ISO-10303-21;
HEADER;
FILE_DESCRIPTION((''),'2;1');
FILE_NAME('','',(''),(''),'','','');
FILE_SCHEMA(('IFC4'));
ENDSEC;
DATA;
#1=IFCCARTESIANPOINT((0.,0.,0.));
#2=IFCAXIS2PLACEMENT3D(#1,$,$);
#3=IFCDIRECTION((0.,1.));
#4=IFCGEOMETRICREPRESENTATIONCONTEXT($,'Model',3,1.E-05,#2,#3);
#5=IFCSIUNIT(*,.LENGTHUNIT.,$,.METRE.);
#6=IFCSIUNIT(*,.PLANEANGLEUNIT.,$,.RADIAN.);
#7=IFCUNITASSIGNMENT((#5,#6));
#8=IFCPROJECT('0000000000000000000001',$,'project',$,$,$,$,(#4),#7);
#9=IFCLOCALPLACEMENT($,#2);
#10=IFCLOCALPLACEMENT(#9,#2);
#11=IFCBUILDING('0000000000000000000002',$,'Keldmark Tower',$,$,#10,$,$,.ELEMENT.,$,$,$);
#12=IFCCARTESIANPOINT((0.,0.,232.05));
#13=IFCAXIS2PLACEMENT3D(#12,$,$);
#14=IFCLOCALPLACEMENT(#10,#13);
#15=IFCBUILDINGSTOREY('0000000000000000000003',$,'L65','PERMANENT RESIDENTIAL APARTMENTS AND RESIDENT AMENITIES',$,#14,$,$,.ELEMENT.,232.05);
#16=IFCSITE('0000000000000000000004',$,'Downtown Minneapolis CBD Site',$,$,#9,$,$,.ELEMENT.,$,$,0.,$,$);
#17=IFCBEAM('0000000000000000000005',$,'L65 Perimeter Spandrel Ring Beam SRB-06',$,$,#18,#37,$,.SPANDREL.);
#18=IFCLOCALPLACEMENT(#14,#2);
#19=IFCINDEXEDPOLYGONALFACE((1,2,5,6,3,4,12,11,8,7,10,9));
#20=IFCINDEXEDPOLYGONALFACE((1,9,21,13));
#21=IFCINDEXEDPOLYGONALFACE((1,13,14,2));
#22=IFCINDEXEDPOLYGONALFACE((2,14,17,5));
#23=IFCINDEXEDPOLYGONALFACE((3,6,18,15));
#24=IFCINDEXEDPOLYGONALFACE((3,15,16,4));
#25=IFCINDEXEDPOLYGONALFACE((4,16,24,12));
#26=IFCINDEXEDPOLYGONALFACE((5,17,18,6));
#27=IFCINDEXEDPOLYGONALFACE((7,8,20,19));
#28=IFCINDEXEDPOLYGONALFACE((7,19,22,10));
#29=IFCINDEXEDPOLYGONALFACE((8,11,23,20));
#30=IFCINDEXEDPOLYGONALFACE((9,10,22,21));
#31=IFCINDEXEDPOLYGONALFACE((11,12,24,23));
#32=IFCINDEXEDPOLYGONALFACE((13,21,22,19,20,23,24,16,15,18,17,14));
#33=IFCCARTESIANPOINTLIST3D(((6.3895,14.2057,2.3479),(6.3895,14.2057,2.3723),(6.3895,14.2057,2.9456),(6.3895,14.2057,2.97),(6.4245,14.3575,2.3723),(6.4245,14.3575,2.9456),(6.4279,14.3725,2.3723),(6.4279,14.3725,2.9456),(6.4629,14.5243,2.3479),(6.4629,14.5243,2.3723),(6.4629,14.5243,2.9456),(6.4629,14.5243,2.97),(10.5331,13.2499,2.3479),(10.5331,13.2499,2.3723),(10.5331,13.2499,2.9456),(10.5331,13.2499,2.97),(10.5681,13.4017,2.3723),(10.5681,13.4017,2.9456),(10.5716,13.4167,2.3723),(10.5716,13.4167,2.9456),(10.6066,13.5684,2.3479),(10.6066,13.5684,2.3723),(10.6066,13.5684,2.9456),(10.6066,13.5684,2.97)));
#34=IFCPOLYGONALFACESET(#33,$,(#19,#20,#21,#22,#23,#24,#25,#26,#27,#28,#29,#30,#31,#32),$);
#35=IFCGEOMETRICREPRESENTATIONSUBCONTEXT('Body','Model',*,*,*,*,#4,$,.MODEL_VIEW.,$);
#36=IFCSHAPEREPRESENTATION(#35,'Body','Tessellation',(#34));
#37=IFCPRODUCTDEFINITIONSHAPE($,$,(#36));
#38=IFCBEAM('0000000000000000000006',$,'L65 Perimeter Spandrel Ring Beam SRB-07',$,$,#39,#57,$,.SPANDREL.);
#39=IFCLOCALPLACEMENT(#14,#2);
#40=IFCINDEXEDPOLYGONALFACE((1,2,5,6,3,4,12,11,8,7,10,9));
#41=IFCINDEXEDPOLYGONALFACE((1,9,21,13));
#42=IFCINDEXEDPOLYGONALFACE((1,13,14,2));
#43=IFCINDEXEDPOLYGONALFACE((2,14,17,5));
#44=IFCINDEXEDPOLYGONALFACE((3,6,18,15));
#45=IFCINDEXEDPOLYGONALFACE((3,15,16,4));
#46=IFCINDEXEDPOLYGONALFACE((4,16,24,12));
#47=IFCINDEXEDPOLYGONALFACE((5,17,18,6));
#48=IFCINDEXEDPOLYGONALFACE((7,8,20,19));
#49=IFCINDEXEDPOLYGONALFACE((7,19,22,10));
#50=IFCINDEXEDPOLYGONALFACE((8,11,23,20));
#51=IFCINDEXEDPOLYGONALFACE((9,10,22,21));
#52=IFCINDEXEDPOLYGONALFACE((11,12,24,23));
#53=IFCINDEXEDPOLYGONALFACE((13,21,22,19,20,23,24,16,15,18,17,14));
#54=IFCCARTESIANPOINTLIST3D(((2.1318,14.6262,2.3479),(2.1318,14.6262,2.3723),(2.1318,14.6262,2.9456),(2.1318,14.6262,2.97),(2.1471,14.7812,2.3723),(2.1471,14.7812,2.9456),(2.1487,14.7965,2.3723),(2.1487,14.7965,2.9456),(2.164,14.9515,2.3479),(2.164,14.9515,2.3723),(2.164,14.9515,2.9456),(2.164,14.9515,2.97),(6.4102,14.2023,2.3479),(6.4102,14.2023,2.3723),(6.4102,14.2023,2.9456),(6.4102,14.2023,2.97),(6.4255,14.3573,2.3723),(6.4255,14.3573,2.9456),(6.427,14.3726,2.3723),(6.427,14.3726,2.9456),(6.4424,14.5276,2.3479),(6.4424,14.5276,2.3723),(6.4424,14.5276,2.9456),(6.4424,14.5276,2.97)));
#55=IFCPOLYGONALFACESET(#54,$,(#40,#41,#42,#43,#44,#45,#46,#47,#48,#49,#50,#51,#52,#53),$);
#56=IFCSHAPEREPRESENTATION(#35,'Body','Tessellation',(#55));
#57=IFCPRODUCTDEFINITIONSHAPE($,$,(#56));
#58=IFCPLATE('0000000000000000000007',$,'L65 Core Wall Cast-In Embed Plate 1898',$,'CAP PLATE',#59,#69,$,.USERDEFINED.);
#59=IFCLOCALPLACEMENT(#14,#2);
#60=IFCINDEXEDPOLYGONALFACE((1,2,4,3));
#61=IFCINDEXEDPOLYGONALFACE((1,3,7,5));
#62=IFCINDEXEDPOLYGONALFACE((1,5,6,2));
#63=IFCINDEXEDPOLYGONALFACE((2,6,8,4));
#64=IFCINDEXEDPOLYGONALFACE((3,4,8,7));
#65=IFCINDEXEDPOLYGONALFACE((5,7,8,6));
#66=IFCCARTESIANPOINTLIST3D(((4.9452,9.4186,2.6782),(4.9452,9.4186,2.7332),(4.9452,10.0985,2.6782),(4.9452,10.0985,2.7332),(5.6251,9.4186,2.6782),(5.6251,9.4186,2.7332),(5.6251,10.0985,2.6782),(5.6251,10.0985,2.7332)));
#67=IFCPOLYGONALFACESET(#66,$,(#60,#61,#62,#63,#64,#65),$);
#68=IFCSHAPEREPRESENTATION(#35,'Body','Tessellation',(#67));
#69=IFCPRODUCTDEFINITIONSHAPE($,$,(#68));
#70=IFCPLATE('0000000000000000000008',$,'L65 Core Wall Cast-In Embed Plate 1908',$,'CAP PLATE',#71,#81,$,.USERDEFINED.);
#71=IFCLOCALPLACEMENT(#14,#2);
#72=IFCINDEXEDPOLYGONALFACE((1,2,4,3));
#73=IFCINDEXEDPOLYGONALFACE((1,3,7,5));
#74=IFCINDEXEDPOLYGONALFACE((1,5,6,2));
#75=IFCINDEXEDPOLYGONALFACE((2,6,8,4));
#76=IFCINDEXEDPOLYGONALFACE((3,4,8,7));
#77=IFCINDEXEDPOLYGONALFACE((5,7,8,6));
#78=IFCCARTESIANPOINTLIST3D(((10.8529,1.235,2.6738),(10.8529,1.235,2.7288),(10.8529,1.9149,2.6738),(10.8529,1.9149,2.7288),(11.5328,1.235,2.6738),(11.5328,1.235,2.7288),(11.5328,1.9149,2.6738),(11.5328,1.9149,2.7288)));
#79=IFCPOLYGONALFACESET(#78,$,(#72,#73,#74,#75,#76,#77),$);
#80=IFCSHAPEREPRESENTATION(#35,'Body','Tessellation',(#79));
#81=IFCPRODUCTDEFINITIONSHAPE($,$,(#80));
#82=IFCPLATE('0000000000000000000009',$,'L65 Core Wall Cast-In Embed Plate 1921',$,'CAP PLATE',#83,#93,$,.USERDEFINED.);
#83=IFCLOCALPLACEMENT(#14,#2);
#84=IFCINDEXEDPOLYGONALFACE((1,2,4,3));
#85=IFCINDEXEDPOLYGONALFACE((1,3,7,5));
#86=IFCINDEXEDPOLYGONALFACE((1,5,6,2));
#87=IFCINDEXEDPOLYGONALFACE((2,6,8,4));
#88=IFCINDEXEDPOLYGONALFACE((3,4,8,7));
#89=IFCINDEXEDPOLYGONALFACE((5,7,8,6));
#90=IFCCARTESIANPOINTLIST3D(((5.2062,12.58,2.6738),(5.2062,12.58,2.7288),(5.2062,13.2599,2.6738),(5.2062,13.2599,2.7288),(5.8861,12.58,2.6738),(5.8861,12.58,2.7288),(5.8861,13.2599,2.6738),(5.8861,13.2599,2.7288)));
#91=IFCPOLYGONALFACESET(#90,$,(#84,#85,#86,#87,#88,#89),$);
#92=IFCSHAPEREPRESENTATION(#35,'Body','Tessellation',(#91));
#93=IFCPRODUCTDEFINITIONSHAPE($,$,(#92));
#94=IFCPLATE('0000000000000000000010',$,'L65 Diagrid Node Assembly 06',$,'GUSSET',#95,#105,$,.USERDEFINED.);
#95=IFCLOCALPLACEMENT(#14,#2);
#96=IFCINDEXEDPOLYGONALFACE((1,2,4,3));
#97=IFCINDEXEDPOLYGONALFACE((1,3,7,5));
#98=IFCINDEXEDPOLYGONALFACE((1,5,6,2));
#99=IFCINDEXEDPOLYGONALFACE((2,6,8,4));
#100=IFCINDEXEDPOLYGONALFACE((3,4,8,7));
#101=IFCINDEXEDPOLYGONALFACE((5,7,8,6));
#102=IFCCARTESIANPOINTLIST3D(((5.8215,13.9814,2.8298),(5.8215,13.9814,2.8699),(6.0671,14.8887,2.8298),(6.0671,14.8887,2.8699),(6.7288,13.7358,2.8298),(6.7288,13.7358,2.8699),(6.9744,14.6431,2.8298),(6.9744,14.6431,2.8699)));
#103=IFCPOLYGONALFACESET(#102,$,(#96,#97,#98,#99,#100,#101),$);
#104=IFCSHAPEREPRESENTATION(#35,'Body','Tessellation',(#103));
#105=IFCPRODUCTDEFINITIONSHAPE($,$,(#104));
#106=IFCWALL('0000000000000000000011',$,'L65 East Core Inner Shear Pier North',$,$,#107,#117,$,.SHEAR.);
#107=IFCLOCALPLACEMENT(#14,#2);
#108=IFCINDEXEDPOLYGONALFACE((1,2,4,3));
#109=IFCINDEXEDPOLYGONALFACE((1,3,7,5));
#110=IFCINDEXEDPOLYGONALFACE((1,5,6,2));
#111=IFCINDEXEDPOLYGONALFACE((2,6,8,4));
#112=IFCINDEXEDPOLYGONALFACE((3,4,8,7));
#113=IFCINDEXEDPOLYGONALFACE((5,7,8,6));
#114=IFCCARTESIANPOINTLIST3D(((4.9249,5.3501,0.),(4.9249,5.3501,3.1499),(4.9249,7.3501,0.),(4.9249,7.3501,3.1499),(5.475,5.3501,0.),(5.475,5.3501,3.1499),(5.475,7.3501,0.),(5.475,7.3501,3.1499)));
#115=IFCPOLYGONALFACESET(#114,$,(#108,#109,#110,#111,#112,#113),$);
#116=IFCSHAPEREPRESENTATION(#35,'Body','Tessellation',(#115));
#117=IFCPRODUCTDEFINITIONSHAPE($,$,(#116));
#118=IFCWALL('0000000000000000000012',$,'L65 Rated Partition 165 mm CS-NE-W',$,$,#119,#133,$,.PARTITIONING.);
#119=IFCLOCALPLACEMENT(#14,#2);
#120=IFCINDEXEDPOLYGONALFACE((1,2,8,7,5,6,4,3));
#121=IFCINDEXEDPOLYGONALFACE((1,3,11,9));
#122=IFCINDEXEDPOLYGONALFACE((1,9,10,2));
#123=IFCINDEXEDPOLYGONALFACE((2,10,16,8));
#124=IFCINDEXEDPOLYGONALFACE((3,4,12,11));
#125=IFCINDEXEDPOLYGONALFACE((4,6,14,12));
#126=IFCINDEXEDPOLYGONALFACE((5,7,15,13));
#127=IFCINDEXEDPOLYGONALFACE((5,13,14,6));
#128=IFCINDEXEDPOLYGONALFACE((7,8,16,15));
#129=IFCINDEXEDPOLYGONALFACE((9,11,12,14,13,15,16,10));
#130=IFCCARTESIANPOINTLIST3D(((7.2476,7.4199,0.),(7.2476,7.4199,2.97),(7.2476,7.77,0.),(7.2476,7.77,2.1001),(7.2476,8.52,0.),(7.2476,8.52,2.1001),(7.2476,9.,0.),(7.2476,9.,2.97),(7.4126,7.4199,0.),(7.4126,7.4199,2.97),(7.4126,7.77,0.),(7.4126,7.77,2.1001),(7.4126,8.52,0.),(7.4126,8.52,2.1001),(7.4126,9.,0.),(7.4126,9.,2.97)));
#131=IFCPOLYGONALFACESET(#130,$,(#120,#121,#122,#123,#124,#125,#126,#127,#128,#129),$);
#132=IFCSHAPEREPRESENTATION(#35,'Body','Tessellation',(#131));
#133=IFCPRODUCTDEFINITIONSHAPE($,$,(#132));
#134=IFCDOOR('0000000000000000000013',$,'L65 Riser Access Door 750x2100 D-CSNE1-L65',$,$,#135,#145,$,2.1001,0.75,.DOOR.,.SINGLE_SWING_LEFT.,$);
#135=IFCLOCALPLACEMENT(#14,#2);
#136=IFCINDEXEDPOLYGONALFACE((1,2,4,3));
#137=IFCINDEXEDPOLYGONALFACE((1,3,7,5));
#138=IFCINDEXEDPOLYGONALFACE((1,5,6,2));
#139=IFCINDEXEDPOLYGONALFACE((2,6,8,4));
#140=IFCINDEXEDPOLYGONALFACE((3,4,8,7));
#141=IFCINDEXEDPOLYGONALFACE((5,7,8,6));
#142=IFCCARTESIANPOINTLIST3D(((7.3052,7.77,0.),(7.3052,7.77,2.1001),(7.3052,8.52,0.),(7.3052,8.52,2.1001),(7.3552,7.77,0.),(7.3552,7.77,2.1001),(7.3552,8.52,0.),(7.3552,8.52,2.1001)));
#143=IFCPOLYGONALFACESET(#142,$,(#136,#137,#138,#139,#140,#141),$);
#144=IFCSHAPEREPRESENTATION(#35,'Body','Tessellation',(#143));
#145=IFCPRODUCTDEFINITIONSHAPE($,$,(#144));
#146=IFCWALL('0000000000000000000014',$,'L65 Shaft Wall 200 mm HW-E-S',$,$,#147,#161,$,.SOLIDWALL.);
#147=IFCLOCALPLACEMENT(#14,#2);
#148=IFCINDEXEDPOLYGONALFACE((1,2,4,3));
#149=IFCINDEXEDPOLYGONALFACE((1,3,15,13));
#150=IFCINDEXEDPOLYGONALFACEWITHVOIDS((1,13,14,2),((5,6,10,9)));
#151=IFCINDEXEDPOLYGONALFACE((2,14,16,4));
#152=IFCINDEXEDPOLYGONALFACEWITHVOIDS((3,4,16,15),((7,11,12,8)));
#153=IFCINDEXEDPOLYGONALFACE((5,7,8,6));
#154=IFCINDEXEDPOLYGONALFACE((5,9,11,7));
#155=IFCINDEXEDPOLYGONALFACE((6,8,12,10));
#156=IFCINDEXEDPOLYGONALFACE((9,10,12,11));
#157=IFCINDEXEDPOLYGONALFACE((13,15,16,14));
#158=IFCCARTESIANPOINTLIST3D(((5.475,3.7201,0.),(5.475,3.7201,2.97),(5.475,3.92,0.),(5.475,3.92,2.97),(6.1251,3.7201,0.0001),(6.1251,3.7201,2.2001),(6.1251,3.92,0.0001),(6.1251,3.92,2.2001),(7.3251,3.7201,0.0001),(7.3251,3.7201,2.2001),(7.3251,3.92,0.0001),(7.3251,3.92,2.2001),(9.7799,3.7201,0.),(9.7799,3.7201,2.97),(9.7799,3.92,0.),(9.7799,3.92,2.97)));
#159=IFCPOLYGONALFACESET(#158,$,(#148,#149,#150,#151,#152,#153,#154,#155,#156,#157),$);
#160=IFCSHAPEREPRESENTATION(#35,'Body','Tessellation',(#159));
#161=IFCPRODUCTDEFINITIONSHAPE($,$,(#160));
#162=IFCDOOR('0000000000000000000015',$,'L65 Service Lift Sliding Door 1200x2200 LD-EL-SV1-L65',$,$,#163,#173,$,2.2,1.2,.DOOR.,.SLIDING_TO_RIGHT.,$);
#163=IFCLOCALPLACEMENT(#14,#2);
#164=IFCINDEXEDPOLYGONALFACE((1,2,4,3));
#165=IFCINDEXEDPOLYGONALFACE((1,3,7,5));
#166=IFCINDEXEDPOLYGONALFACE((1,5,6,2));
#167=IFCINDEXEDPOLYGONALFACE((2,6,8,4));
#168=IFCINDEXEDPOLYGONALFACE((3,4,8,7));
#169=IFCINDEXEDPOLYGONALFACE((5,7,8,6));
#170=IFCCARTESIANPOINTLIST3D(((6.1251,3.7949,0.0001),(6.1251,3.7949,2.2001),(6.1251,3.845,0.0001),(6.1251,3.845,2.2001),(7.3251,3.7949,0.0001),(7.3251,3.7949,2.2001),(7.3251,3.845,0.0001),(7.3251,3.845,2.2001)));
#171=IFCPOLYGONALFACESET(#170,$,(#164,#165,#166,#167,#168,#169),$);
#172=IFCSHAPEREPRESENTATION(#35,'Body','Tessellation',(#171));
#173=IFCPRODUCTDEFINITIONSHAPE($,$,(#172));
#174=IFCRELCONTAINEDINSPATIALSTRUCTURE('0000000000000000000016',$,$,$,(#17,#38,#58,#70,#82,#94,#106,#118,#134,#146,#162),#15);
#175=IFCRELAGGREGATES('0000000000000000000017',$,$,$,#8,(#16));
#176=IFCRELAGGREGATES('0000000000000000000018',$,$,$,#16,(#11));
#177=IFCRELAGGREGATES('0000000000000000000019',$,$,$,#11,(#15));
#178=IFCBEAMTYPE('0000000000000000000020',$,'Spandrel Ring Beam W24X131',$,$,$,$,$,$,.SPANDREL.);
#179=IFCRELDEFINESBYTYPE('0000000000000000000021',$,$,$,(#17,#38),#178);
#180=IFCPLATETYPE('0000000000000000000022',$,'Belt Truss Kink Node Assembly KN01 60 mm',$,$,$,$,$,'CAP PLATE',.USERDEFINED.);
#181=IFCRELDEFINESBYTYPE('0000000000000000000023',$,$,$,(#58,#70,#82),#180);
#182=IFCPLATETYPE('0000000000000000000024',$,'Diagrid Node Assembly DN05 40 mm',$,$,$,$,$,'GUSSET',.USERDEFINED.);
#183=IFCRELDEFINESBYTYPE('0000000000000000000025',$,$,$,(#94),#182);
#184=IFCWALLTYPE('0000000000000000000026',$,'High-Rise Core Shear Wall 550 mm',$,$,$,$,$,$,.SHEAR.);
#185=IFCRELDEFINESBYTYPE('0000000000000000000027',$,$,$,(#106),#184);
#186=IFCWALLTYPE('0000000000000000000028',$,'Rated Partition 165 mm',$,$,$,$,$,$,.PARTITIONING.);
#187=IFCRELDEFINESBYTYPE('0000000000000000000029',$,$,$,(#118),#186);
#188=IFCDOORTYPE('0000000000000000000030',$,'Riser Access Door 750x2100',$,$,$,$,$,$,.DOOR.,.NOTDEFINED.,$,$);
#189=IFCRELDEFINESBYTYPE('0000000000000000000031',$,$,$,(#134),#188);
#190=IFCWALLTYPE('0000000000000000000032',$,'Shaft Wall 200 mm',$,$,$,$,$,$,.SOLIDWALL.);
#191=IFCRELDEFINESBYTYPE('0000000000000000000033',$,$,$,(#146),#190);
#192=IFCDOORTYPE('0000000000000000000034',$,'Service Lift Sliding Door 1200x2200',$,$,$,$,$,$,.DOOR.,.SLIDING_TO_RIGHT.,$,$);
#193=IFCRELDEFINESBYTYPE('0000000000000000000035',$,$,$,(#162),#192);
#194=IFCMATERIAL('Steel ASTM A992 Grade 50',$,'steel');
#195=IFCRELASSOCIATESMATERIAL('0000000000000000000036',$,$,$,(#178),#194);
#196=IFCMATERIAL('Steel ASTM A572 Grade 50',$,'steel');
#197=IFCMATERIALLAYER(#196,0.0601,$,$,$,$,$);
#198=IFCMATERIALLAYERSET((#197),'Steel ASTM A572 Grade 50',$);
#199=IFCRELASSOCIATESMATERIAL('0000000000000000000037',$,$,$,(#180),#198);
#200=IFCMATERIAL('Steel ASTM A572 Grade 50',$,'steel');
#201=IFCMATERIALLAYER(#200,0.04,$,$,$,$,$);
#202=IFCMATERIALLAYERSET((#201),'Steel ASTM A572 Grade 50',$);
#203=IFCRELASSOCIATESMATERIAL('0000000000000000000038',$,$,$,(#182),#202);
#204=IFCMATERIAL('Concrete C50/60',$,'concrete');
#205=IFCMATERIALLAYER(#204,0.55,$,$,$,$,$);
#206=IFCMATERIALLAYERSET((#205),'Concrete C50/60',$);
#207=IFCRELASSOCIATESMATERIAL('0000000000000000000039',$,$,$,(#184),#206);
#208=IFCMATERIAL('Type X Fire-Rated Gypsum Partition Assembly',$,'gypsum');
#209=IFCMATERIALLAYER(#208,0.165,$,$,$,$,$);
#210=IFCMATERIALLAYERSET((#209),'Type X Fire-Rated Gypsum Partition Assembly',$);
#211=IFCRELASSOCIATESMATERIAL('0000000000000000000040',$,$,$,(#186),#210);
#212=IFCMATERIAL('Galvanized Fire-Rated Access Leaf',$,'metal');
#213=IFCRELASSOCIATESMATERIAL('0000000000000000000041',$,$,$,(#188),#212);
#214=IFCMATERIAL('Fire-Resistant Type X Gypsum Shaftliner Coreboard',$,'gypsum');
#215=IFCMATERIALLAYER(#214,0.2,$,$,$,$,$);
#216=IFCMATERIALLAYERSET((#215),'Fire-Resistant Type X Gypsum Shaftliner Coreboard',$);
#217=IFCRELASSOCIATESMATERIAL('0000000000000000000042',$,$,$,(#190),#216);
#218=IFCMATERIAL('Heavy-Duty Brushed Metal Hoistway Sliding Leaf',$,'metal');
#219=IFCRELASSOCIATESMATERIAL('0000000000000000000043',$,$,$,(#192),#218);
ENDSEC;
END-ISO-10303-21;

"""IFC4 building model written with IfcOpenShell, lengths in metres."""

from ifc_helpers import new_model, si_unit, direction, frame, frame_2d, origin, origin_2d, place, context, subcontext, project, spatial, rectangle, i_section, extrude, material, layer, layer_set, material_profile, profile_set, type_object, element, fill, save


model = new_model("IFC4")

# Units and contexts
model_context = context("Model", 3, precision=1e-05, world=origin(), true_north=direction((0.0, 1.0)))
body_context = subcontext(model_context, "Body", "Model", "MODEL_VIEW")
ifc_project = project(units=[si_unit("LENGTHUNIT", "METRE"), si_unit("PLANEANGLEUNIT", "RADIAN")], contexts=[model_context])

# Site, building, storey
site_placement = place(None, origin())
site = spatial("IfcSite", under=ifc_project, at=site_placement, Name="Downtown Minneapolis CBD Site", CompositionType="ELEMENT", RefElevation=0.0)
building_placement = place(site_placement, origin())
building = spatial("IfcBuilding", under=site, at=building_placement, Name="Keldmark Tower", CompositionType="ELEMENT")
storey_placement = place(building_placement, frame((0.0, 0.0, 232.05)))
storey = spatial("IfcBuildingStorey", under=building, at=storey_placement, Name="L65", Description="PERMANENT RESIDENTIAL APARTMENTS AND RESIDENT AMENITIES", CompositionType="ELEMENT", Elevation=232.05)

# Beams
ifc_material_1 = material(Name="Steel ASTM A992 Grade 50", Category="steel")
ifc_material_profile_1 = material_profile(ifc_material_1, i_section(OverallWidth=0.3269, OverallDepth=0.6221, WebThickness=0.0154, FlangeThickness=0.0244, at=origin_2d()), Name="W24X131")
ifc_profile_set_1 = profile_set([ifc_material_profile_1], Name="Steel ASTM A992 Grade 50")
beam_type_1 = type_object("IfcBeamType", Name="Spandrel Ring Beam W24X131", PredefinedType="SPANDREL", material=ifc_profile_set_1)
beam_1_placement = place(storey_placement, frame((10.5698, 13.4092, 2.6589), z_axis=(-0.974412, 0.224771, 0.0), x_axis=(-0.224771, -0.974412, 0.0)))
element("IfcBeam", 1, at=beam_1_placement, inside=storey, type_object=beam_type_1, Name="L65 Perimeter Spandrel Ring Beam SRB-06", PredefinedType="SPANDREL", context=body_context, shape_type="SweptSolid", body=[
    extrude(i_section(OverallWidth=0.3269, OverallDepth=0.6221, WebThickness=0.0154, FlangeThickness=0.0244, at=origin_2d()), origin(), (0.0, 0.0, 1.0), 4.2524),
])
beam_2_placement = place(storey_placement, frame((6.4263, 14.365, 2.6589), z_axis=(-0.995129, 0.098582, 0.0), x_axis=(-0.098582, -0.995129, 0.0)))
element("IfcBeam", 2, at=beam_2_placement, inside=storey, type_object=beam_type_1, Name="L65 Perimeter Spandrel Ring Beam SRB-07", PredefinedType="SPANDREL", context=body_context, shape_type="SweptSolid", body=[
    extrude(i_section(OverallWidth=0.3269, OverallDepth=0.6221, WebThickness=0.0154, FlangeThickness=0.0244, at=origin_2d()), origin(), (0.0, 0.0, 1.0), 4.2993),
])

# Plates
ifc_material_2 = material(Name="Steel ASTM A572 Grade 50", Category="steel")
ifc_layer_1 = layer(ifc_material_2, 0.0601)
ifc_layer_set_1 = layer_set([ifc_layer_1], Name="Steel ASTM A572 Grade 50")
plate_type_1 = type_object("IfcPlateType", Name="Belt Truss Kink Node Assembly KN01 60 mm", ElementType="CAP PLATE", PredefinedType="USERDEFINED", material=ifc_layer_set_1)
for number, where, z_axis, x_axis, name in (
    (3, (5.2852, 9.7585, 2.6782), (0.0, 0.0, 1.0), (1.0, 0.0, 0.0), "L65 Core Wall Cast-In Embed Plate 1898"),
    (4, (11.1929, 1.575, 2.6738), (0.0, 0.0, 1.0), (1.0, 0.0, 0.0), "L65 Core Wall Cast-In Embed Plate 1908"),
    (5, (5.5461, 12.9199, 2.6738), (0.0, 0.0, 1.0), (1.0, 0.0, 0.0), "L65 Core Wall Cast-In Embed Plate 1921"),
):
    element("IfcPlate", number, at=place(storey_placement, frame(where, z_axis=z_axis, x_axis=x_axis)), inside=storey, type_object=plate_type_1, Name=name, ObjectType="CAP PLATE", PredefinedType="USERDEFINED", context=body_context, shape_type="SweptSolid", body=[
        extrude(rectangle(XDim=0.6799, YDim=0.6799, at=origin_2d()), origin(), (0.0, 0.0, 1.0), 0.0549),
    ])
ifc_material_3 = material(Name="Steel ASTM A572 Grade 50", Category="steel")
ifc_layer_2 = layer(ifc_material_3, 0.04)
ifc_layer_set_2 = layer_set([ifc_layer_2], Name="Steel ASTM A572 Grade 50")
plate_type_2 = type_object("IfcPlateType", Name="Diagrid Node Assembly DN05 40 mm", ElementType="GUSSET", PredefinedType="USERDEFINED", material=ifc_layer_set_2)
plate_placement = place(storey_placement, frame((6.3979, 14.3123, 2.8298), z_axis=(0.0, 0.0, 1.0), x_axis=(-0.965245, 0.261347, 0.0)))
element("IfcPlate", 6, at=plate_placement, inside=storey, type_object=plate_type_2, Name="L65 Diagrid Node Assembly 06", ObjectType="GUSSET", PredefinedType="USERDEFINED", context=body_context, shape_type="SweptSolid", body=[
    extrude(rectangle(XDim=0.9399, YDim=0.9399, at=origin_2d()), origin(), (0.0, 0.0, 1.0), 0.04),
])

# Wall
ifc_material_4 = material(Name="Concrete C50/60", Category="concrete")
ifc_layer_3 = layer(ifc_material_4, 0.55)
ifc_layer_set_3 = layer_set([ifc_layer_3], Name="Concrete C50/60")
wall_type_1 = type_object("IfcWallType", Name="High-Rise Core Shear Wall 550 mm", PredefinedType="SHEAR", material=ifc_layer_set_3)
wall_1_placement = place(storey_placement, frame((5.2, 5.3501, 0.0), z_axis=(0.0, 0.0, 1.0), x_axis=(0.0, 1.0, 0.0)))
element("IfcWall", 7, at=wall_1_placement, inside=storey, type_object=wall_type_1, Name="L65 East Core Inner Shear Pier North", PredefinedType="SHEAR", context=body_context, shape_type="SweptSolid", body=[
    extrude(rectangle(XDim=2.0, YDim=0.55, at=frame_2d((1.0, 0.0))), origin(), (0.0, 0.0, 1.0), 3.1499),
])

# Walls, openings, doors
ifc_material_5 = material(Name="Type X Fire-Rated Gypsum Partition Assembly", Category="gypsum")
ifc_layer_4 = layer(ifc_material_5, 0.165)
ifc_layer_set_4 = layer_set([ifc_layer_4], Name="Type X Fire-Rated Gypsum Partition Assembly")
wall_type_2 = type_object("IfcWallType", Name="Rated Partition 165 mm", PredefinedType="PARTITIONING", material=ifc_layer_set_4)
wall_2_placement = place(storey_placement, frame((7.3301, 7.4199, 0.0), z_axis=(0.0, 0.0, 1.0), x_axis=(0.0, 1.0, 0.0)))
wall_2 = element("IfcWall", 8, at=wall_2_placement, inside=storey, type_object=wall_type_2, Name="L65 Rated Partition 165 mm CS-NE-W", PredefinedType="PARTITIONING", context=body_context, shape_type="SweptSolid", body=[
    extrude(rectangle(XDim=1.5801, YDim=0.165, at=frame_2d((0.79, 0.0))), origin(), (0.0, 0.0, 1.0), 2.97),
])
opening_1_placement = place(wall_2_placement, frame((0.3501, 0.0, 0.0)))
opening_1 = element("IfcOpeningElement", 9, at=opening_1_placement, cuts=wall_2, PredefinedType="OPENING", context=body_context, shape_type="SweptSolid", body=[
    extrude(rectangle(XDim=0.75, YDim=2.1001, at=frame_2d((0.375, 1.05))), frame((0.0, 0.0925, 0.0), z_axis=(0.0, -1.0, 0.0), x_axis=(1.0, 0.0, 0.0)), (0.0, 0.0, 1.0), 0.1851),
])
ifc_material_6 = material(Name="Galvanized Fire-Rated Access Leaf", Category="metal")
door_type_1 = type_object("IfcDoorType", Name="Riser Access Door 750x2100", OperationType="NOTDEFINED", PredefinedType="DOOR", material=ifc_material_6)
door_1_placement = place(opening_1_placement, origin())
door_1 = element("IfcDoor", 10, at=door_1_placement, inside=storey, type_object=door_type_1, Name="L65 Riser Access Door 750x2100 D-CSNE1-L65", OperationType="SINGLE_SWING_LEFT", OverallHeight=2.1001, OverallWidth=0.75, PredefinedType="DOOR", context=body_context, shape_type="SweptSolid", body=[
    extrude(rectangle(XDim=0.75, YDim=2.1001, at=frame_2d((0.375, 1.05))), frame((0.0, 0.0249, 0.0), z_axis=(0.0, -1.0, 0.0), x_axis=(1.0, 0.0, 0.0)), (0.0, 0.0, 1.0), 0.05),
])
fill(opening_1, door_1)
ifc_material_7 = material(Name="Fire-Resistant Type X Gypsum Shaftliner Coreboard", Category="gypsum")
ifc_layer_5 = layer(ifc_material_7, 0.2)
ifc_layer_set_5 = layer_set([ifc_layer_5], Name="Fire-Resistant Type X Gypsum Shaftliner Coreboard")
wall_type_3 = type_object("IfcWallType", Name="Shaft Wall 200 mm", PredefinedType="SOLIDWALL", material=ifc_layer_set_5)
wall_3_placement = place(storey_placement, frame((5.4751, 3.8201, 0.0), z_axis=(0.0, 0.0, 1.0), x_axis=(1.0, 0.0, 0.0)))
wall_3 = element("IfcWall", 11, at=wall_3_placement, inside=storey, type_object=wall_type_3, Name="L65 Shaft Wall 200 mm HW-E-S", PredefinedType="SOLIDWALL", context=body_context, shape_type="SweptSolid", body=[
    extrude(rectangle(XDim=4.3049, YDim=0.2, at=frame_2d((2.1523, 0.0))), origin(), (0.0, 0.0, 1.0), 2.97),
])
opening_2_placement = place(wall_3_placement, frame((0.6499, 0.0, 0.0)))
opening_2 = element("IfcOpeningElement", 12, at=opening_2_placement, cuts=wall_3, PredefinedType="OPENING", context=body_context, shape_type="SweptSolid", body=[
    extrude(rectangle(XDim=1.2, YDim=2.2, at=frame_2d((0.6001, 1.1001))), frame((0.0, 0.1099, 0.0), z_axis=(0.0, -1.0, 0.0), x_axis=(1.0, 0.0, 0.0)), (0.0, 0.0, 1.0), 0.22),
])
ifc_material_8 = material(Name="Heavy-Duty Brushed Metal Hoistway Sliding Leaf", Category="metal")
door_type_2 = type_object("IfcDoorType", Name="Service Lift Sliding Door 1200x2200", OperationType="SLIDING_TO_RIGHT", PredefinedType="DOOR", material=ifc_material_8)
door_2_placement = place(opening_2_placement, origin())
door_2 = element("IfcDoor", 13, at=door_2_placement, inside=storey, type_object=door_type_2, Name="L65 Service Lift Sliding Door 1200x2200 LD-EL-SV1-L65", OperationType="SLIDING_TO_RIGHT", OverallHeight=2.2, OverallWidth=1.2, PredefinedType="DOOR", context=body_context, shape_type="SweptSolid", body=[
    extrude(rectangle(XDim=1.2, YDim=2.2, at=frame_2d((0.6001, 1.1001))), frame((0.0, 0.0249, 0.0), z_axis=(0.0, -1.0, 0.0), x_axis=(1.0, 0.0, 0.0)), (0.0, 0.0, 1.0), 0.05),
])
fill(opening_2, door_2)

save(model, "model.ifc")
